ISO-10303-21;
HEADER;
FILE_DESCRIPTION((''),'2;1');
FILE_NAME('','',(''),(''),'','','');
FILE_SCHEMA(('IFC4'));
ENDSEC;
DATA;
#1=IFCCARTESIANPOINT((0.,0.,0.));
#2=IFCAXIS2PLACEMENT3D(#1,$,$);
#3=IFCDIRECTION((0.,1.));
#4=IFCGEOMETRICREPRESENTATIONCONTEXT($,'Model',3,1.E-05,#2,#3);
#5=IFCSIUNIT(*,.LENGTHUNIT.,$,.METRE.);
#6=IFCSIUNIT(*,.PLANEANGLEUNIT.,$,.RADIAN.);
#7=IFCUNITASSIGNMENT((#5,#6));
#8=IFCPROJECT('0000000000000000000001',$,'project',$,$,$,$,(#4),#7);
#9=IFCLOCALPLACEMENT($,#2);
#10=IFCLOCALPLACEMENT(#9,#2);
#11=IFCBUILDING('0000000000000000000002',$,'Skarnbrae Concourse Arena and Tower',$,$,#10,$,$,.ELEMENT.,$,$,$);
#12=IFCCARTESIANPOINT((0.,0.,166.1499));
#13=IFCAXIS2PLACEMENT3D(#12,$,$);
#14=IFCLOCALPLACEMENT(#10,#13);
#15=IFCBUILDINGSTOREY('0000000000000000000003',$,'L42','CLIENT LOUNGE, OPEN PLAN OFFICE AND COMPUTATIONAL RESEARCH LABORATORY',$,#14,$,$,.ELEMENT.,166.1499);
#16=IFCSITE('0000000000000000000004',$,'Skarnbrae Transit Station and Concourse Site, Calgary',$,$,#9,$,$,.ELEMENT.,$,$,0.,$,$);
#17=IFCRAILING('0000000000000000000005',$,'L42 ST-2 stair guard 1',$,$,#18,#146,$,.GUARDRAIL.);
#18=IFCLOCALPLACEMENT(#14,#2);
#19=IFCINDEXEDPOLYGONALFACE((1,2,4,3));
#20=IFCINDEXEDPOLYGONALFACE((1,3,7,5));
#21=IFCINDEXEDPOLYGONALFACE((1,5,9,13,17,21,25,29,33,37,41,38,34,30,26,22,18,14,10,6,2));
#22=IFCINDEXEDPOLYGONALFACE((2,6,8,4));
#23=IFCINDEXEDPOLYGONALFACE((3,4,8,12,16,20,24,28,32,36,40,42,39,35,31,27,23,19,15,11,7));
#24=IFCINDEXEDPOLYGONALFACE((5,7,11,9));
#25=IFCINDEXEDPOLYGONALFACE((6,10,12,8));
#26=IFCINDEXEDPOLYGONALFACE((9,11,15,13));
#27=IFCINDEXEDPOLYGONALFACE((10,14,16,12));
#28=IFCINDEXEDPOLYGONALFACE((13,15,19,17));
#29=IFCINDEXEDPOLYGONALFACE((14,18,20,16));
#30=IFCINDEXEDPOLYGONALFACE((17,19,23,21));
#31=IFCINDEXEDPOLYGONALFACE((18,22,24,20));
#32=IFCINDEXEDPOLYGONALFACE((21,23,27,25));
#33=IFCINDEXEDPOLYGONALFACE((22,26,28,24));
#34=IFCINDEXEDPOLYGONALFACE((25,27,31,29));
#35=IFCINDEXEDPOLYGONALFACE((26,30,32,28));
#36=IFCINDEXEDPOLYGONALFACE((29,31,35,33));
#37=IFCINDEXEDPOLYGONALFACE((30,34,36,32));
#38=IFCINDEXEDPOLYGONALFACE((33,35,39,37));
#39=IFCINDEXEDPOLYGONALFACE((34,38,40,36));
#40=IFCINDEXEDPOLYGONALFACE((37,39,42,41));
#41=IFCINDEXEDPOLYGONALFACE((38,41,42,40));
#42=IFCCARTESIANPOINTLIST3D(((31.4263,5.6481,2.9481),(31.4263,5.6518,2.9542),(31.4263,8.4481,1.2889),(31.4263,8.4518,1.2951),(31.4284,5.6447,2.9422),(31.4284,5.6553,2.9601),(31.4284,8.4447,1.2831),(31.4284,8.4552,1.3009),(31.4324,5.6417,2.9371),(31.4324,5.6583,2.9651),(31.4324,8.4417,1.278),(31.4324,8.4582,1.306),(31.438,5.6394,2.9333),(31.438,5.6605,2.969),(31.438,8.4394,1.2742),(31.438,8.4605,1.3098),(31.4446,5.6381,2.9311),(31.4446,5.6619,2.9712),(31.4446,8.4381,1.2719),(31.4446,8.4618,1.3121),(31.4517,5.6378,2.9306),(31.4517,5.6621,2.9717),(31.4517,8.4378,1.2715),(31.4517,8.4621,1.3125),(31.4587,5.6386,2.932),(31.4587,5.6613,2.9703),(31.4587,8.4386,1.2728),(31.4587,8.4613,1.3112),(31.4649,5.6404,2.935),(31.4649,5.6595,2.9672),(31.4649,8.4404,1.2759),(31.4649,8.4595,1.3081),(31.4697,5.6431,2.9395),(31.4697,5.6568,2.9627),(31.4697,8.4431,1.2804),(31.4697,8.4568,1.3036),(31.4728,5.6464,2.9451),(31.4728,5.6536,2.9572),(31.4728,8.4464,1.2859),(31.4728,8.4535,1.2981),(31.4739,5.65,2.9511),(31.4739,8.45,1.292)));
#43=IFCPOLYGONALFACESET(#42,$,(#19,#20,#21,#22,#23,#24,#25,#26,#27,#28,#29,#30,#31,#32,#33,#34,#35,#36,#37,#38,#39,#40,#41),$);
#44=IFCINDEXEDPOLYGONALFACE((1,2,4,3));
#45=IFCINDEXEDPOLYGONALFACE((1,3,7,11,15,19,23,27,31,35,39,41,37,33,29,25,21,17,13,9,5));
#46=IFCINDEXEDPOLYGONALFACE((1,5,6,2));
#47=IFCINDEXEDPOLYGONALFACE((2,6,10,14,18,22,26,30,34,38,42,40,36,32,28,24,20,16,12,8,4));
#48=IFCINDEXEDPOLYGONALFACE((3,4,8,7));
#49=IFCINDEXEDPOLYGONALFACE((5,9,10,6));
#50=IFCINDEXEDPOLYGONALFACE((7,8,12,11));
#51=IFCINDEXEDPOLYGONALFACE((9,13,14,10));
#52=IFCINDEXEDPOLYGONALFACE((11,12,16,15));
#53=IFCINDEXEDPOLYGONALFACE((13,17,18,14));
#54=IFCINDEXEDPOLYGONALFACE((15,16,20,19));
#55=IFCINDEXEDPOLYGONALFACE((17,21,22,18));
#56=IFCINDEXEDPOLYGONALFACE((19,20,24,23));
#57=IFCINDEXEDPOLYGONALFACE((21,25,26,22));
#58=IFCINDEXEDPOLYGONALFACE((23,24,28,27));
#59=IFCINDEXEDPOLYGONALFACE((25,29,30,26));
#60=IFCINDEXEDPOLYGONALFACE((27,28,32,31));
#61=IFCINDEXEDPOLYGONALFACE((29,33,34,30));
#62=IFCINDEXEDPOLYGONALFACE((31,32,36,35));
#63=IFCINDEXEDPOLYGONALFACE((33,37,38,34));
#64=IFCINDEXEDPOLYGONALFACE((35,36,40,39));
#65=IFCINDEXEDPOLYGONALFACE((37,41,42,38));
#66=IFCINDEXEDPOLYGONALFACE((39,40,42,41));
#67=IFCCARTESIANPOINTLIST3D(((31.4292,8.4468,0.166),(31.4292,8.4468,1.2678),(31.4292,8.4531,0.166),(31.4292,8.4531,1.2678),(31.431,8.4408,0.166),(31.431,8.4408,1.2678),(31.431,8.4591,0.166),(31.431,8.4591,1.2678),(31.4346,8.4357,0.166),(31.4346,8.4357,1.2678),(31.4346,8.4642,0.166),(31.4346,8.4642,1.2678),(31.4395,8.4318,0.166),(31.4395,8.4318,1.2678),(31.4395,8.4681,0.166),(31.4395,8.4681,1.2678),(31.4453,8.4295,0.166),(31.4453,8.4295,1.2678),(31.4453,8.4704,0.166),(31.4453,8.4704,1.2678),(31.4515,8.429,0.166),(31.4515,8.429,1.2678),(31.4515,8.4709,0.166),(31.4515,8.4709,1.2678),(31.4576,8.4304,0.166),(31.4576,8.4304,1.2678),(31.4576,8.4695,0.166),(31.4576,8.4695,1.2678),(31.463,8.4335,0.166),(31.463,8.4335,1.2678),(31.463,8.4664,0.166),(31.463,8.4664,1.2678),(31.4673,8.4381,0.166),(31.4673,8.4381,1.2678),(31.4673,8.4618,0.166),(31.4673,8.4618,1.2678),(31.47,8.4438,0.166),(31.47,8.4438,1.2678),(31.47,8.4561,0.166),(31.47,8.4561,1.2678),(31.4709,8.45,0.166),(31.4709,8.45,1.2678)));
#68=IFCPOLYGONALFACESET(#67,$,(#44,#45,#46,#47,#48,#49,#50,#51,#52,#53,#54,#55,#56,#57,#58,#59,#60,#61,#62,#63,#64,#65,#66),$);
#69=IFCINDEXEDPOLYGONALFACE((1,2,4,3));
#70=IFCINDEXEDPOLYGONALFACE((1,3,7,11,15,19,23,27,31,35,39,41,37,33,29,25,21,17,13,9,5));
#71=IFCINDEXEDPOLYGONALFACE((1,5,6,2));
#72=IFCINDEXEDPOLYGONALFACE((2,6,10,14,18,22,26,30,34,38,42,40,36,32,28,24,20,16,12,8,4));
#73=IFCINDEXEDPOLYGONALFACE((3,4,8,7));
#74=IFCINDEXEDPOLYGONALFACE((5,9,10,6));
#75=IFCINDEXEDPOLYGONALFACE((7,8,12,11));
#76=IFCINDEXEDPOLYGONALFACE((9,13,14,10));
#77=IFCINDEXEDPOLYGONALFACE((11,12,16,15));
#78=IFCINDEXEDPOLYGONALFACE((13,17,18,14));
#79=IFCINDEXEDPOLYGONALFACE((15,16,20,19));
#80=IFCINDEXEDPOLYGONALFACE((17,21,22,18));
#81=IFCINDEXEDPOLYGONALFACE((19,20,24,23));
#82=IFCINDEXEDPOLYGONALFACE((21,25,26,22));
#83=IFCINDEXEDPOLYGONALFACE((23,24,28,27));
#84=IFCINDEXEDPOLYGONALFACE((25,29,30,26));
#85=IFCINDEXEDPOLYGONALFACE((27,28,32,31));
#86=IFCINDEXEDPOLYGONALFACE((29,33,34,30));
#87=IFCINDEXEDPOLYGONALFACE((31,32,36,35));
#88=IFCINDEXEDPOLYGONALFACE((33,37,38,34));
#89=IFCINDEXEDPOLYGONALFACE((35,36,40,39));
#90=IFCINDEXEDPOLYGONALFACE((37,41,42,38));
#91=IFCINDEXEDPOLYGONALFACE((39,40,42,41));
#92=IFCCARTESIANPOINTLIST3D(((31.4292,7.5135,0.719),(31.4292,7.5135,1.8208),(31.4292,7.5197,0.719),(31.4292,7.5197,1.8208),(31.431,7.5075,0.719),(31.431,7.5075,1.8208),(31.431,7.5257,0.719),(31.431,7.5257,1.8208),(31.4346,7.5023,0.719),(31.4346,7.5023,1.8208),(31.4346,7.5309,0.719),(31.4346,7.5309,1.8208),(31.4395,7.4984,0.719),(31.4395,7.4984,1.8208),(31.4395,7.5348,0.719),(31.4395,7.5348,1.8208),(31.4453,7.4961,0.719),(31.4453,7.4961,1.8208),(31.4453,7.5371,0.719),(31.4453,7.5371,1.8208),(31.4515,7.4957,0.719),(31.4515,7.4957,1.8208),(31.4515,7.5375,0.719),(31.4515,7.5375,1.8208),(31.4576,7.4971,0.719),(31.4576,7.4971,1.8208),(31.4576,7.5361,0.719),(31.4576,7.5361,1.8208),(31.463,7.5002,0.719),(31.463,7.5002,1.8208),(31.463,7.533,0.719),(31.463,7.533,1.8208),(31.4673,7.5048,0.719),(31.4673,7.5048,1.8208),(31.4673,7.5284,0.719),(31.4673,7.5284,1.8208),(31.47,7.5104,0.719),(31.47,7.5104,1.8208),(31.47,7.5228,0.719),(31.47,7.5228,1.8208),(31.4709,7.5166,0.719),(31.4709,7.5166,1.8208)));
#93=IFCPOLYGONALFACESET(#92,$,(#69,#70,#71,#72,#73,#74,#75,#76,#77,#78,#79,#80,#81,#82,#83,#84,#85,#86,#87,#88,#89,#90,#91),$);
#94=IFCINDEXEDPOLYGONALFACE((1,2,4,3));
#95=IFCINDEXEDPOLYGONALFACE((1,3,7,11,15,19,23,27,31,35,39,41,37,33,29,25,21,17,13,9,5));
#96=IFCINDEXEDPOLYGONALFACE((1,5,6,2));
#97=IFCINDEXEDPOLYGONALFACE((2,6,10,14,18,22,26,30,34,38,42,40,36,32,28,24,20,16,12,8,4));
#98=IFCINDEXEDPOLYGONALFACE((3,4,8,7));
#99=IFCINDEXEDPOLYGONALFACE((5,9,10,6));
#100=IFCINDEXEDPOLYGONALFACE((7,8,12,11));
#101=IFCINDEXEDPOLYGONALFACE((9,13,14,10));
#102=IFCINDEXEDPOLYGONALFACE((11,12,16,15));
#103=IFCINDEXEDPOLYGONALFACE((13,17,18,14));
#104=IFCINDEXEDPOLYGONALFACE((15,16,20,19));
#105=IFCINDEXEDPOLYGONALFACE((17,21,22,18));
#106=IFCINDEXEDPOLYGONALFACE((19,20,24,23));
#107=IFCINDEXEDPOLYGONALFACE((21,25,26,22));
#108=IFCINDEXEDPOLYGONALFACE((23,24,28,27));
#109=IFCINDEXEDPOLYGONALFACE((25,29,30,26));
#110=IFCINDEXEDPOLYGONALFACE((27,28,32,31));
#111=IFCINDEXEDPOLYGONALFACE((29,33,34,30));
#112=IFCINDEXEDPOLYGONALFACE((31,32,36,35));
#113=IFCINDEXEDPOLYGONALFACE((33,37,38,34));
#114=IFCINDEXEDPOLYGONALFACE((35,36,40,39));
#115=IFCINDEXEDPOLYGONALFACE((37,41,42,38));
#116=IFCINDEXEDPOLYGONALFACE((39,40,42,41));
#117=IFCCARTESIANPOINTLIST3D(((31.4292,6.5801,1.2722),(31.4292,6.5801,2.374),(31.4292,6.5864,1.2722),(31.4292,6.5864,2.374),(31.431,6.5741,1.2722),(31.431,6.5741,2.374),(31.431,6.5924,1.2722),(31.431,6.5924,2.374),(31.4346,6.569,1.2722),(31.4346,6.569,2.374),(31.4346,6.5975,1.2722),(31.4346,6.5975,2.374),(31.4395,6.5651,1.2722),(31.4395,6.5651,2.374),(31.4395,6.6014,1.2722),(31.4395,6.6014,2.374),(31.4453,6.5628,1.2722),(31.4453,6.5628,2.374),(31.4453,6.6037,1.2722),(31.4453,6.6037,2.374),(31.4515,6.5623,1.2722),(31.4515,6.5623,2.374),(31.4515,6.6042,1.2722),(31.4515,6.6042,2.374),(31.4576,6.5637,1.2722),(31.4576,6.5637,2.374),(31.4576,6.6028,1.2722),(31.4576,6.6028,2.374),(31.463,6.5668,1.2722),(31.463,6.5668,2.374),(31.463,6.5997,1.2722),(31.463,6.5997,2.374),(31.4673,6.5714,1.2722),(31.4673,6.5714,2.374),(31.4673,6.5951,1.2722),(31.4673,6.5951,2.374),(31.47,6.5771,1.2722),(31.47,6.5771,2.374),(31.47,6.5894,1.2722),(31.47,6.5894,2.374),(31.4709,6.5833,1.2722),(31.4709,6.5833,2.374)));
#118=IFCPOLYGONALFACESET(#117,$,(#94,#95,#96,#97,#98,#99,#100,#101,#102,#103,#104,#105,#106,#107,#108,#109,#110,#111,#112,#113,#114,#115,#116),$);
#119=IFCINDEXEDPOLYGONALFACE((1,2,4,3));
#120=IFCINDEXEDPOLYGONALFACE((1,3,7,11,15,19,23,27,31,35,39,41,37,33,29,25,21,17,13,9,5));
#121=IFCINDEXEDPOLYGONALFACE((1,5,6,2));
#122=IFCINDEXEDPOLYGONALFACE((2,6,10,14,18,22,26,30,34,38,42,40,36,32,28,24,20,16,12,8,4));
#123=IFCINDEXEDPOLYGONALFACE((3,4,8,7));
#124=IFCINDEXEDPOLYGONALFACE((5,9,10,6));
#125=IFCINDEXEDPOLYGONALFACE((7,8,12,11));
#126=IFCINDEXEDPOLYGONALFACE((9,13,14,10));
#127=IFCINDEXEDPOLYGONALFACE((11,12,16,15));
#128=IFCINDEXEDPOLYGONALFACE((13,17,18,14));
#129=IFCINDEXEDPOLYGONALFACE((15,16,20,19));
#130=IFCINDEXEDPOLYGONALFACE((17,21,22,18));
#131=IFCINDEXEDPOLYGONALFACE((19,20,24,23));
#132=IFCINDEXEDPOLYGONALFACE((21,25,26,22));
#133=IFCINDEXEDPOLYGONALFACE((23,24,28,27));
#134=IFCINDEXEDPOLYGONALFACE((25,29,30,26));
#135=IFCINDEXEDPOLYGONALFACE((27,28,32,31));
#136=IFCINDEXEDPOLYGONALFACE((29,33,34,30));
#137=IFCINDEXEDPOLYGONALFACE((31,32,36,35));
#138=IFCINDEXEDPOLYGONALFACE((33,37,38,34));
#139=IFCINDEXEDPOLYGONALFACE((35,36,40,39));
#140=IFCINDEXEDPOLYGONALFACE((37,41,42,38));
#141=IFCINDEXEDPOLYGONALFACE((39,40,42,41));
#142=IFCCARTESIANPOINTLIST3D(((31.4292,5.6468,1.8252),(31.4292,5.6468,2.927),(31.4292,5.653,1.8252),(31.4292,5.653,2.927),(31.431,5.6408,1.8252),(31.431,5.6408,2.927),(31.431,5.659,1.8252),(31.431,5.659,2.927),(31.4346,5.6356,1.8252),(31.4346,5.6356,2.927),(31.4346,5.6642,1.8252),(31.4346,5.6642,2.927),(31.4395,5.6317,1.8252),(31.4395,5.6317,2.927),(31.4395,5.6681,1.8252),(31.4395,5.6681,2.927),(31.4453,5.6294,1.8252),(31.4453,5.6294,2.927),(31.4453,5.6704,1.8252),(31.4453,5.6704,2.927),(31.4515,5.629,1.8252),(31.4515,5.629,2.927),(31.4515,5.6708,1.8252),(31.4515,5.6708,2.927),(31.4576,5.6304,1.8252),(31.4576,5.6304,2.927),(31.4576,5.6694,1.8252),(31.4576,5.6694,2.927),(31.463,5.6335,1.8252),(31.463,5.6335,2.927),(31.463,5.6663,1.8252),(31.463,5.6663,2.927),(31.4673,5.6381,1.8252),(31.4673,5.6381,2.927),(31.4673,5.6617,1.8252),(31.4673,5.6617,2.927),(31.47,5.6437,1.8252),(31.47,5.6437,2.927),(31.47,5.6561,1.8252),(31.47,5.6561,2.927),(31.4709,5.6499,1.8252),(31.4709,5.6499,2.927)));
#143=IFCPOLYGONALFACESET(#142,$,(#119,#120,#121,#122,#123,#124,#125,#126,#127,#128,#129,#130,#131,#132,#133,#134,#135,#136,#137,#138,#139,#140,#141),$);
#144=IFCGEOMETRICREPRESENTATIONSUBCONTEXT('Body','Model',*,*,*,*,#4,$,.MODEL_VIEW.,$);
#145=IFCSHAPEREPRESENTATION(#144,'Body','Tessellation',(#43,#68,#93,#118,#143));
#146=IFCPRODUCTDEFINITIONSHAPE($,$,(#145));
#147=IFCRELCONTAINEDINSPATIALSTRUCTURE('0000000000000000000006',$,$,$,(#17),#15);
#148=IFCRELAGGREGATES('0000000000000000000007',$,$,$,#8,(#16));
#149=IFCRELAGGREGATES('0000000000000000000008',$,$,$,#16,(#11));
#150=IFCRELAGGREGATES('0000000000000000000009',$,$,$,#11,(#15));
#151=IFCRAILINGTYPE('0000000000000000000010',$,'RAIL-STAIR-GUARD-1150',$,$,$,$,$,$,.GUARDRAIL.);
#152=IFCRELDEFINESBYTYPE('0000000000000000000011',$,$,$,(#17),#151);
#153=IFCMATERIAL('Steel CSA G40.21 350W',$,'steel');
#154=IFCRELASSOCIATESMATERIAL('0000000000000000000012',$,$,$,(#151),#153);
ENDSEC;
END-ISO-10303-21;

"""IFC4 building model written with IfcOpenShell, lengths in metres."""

from ifc_helpers import new_model, si_unit, direction, frame, origin, origin_2d, place, context, subcontext, project, spatial, circle, extrude, material, type_object, element, save


model = new_model("IFC4")

# Units and contexts
model_context = context("Model", 3, precision=1e-05, world=origin(), true_north=direction((0.0, 1.0)))
body_context = subcontext(model_context, "Body", "Model", "MODEL_VIEW")
ifc_project = project(units=[si_unit("LENGTHUNIT", "METRE"), si_unit("PLANEANGLEUNIT", "RADIAN")], contexts=[model_context])

# Site, building, storey
site_placement = place(None, origin())
site = spatial("IfcSite", under=ifc_project, at=site_placement, Name="Skarnbrae Transit Station and Concourse Site, Calgary", CompositionType="ELEMENT", RefElevation=0.0)
building_placement = place(site_placement, origin())
building = spatial("IfcBuilding", under=site, at=building_placement, Name="Skarnbrae Concourse Arena and Tower", CompositionType="ELEMENT")
storey_placement = place(building_placement, frame((0.0, 0.0, 166.1499)))
storey = spatial("IfcBuildingStorey", under=building, at=storey_placement, Name="L42", Description="CLIENT LOUNGE, OPEN PLAN OFFICE AND COMPUTATIONAL RESEARCH LABORATORY", CompositionType="ELEMENT", Elevation=166.1499)

# Shared definitions
ifc_material_1 = material(Name="Steel CSA G40.21 350W", Category="steel")

# Railing
railing_type_1 = type_object("IfcRailingType", Name="RAIL-STAIR-GUARD-1150", PredefinedType="GUARDRAIL", material=ifc_material_1)
railing_1_placement = place(storey_placement, frame((31.45, 8.45, 0.166)))
element("IfcRailing", 1, at=railing_1_placement, inside=storey, type_object=railing_type_1, Name="L42 ST-2 stair guard 1", PredefinedType="GUARDRAIL", context=body_context, shape_type="SweptSolid", body=[
    extrude(circle(Radius=0.0239, at=origin_2d()), frame((0.0, 0.0, 1.126), z_axis=(0.0, -0.860306, 0.509778), x_axis=(1.0, 0.0, 0.0)), (0.0, 0.0, 1.0), 3.2546),
    extrude(circle(Radius=0.021, at=origin_2d()), origin(), (0.0, 0.0, 1.0), 1.1018),
    extrude(circle(Radius=0.021, at=origin_2d()), frame((0.0, -0.9333, 0.553)), (0.0, 0.0, 1.0), 1.1018),
    extrude(circle(Radius=0.021, at=origin_2d()), frame((0.0, -1.8667, 1.1062)), (0.0, 0.0, 1.0), 1.1018),
    extrude(circle(Radius=0.021, at=origin_2d()), frame((0.0, -2.8, 1.6592)), (0.0, 0.0, 1.0), 1.1018),
])

save(model, "model.ifc")
